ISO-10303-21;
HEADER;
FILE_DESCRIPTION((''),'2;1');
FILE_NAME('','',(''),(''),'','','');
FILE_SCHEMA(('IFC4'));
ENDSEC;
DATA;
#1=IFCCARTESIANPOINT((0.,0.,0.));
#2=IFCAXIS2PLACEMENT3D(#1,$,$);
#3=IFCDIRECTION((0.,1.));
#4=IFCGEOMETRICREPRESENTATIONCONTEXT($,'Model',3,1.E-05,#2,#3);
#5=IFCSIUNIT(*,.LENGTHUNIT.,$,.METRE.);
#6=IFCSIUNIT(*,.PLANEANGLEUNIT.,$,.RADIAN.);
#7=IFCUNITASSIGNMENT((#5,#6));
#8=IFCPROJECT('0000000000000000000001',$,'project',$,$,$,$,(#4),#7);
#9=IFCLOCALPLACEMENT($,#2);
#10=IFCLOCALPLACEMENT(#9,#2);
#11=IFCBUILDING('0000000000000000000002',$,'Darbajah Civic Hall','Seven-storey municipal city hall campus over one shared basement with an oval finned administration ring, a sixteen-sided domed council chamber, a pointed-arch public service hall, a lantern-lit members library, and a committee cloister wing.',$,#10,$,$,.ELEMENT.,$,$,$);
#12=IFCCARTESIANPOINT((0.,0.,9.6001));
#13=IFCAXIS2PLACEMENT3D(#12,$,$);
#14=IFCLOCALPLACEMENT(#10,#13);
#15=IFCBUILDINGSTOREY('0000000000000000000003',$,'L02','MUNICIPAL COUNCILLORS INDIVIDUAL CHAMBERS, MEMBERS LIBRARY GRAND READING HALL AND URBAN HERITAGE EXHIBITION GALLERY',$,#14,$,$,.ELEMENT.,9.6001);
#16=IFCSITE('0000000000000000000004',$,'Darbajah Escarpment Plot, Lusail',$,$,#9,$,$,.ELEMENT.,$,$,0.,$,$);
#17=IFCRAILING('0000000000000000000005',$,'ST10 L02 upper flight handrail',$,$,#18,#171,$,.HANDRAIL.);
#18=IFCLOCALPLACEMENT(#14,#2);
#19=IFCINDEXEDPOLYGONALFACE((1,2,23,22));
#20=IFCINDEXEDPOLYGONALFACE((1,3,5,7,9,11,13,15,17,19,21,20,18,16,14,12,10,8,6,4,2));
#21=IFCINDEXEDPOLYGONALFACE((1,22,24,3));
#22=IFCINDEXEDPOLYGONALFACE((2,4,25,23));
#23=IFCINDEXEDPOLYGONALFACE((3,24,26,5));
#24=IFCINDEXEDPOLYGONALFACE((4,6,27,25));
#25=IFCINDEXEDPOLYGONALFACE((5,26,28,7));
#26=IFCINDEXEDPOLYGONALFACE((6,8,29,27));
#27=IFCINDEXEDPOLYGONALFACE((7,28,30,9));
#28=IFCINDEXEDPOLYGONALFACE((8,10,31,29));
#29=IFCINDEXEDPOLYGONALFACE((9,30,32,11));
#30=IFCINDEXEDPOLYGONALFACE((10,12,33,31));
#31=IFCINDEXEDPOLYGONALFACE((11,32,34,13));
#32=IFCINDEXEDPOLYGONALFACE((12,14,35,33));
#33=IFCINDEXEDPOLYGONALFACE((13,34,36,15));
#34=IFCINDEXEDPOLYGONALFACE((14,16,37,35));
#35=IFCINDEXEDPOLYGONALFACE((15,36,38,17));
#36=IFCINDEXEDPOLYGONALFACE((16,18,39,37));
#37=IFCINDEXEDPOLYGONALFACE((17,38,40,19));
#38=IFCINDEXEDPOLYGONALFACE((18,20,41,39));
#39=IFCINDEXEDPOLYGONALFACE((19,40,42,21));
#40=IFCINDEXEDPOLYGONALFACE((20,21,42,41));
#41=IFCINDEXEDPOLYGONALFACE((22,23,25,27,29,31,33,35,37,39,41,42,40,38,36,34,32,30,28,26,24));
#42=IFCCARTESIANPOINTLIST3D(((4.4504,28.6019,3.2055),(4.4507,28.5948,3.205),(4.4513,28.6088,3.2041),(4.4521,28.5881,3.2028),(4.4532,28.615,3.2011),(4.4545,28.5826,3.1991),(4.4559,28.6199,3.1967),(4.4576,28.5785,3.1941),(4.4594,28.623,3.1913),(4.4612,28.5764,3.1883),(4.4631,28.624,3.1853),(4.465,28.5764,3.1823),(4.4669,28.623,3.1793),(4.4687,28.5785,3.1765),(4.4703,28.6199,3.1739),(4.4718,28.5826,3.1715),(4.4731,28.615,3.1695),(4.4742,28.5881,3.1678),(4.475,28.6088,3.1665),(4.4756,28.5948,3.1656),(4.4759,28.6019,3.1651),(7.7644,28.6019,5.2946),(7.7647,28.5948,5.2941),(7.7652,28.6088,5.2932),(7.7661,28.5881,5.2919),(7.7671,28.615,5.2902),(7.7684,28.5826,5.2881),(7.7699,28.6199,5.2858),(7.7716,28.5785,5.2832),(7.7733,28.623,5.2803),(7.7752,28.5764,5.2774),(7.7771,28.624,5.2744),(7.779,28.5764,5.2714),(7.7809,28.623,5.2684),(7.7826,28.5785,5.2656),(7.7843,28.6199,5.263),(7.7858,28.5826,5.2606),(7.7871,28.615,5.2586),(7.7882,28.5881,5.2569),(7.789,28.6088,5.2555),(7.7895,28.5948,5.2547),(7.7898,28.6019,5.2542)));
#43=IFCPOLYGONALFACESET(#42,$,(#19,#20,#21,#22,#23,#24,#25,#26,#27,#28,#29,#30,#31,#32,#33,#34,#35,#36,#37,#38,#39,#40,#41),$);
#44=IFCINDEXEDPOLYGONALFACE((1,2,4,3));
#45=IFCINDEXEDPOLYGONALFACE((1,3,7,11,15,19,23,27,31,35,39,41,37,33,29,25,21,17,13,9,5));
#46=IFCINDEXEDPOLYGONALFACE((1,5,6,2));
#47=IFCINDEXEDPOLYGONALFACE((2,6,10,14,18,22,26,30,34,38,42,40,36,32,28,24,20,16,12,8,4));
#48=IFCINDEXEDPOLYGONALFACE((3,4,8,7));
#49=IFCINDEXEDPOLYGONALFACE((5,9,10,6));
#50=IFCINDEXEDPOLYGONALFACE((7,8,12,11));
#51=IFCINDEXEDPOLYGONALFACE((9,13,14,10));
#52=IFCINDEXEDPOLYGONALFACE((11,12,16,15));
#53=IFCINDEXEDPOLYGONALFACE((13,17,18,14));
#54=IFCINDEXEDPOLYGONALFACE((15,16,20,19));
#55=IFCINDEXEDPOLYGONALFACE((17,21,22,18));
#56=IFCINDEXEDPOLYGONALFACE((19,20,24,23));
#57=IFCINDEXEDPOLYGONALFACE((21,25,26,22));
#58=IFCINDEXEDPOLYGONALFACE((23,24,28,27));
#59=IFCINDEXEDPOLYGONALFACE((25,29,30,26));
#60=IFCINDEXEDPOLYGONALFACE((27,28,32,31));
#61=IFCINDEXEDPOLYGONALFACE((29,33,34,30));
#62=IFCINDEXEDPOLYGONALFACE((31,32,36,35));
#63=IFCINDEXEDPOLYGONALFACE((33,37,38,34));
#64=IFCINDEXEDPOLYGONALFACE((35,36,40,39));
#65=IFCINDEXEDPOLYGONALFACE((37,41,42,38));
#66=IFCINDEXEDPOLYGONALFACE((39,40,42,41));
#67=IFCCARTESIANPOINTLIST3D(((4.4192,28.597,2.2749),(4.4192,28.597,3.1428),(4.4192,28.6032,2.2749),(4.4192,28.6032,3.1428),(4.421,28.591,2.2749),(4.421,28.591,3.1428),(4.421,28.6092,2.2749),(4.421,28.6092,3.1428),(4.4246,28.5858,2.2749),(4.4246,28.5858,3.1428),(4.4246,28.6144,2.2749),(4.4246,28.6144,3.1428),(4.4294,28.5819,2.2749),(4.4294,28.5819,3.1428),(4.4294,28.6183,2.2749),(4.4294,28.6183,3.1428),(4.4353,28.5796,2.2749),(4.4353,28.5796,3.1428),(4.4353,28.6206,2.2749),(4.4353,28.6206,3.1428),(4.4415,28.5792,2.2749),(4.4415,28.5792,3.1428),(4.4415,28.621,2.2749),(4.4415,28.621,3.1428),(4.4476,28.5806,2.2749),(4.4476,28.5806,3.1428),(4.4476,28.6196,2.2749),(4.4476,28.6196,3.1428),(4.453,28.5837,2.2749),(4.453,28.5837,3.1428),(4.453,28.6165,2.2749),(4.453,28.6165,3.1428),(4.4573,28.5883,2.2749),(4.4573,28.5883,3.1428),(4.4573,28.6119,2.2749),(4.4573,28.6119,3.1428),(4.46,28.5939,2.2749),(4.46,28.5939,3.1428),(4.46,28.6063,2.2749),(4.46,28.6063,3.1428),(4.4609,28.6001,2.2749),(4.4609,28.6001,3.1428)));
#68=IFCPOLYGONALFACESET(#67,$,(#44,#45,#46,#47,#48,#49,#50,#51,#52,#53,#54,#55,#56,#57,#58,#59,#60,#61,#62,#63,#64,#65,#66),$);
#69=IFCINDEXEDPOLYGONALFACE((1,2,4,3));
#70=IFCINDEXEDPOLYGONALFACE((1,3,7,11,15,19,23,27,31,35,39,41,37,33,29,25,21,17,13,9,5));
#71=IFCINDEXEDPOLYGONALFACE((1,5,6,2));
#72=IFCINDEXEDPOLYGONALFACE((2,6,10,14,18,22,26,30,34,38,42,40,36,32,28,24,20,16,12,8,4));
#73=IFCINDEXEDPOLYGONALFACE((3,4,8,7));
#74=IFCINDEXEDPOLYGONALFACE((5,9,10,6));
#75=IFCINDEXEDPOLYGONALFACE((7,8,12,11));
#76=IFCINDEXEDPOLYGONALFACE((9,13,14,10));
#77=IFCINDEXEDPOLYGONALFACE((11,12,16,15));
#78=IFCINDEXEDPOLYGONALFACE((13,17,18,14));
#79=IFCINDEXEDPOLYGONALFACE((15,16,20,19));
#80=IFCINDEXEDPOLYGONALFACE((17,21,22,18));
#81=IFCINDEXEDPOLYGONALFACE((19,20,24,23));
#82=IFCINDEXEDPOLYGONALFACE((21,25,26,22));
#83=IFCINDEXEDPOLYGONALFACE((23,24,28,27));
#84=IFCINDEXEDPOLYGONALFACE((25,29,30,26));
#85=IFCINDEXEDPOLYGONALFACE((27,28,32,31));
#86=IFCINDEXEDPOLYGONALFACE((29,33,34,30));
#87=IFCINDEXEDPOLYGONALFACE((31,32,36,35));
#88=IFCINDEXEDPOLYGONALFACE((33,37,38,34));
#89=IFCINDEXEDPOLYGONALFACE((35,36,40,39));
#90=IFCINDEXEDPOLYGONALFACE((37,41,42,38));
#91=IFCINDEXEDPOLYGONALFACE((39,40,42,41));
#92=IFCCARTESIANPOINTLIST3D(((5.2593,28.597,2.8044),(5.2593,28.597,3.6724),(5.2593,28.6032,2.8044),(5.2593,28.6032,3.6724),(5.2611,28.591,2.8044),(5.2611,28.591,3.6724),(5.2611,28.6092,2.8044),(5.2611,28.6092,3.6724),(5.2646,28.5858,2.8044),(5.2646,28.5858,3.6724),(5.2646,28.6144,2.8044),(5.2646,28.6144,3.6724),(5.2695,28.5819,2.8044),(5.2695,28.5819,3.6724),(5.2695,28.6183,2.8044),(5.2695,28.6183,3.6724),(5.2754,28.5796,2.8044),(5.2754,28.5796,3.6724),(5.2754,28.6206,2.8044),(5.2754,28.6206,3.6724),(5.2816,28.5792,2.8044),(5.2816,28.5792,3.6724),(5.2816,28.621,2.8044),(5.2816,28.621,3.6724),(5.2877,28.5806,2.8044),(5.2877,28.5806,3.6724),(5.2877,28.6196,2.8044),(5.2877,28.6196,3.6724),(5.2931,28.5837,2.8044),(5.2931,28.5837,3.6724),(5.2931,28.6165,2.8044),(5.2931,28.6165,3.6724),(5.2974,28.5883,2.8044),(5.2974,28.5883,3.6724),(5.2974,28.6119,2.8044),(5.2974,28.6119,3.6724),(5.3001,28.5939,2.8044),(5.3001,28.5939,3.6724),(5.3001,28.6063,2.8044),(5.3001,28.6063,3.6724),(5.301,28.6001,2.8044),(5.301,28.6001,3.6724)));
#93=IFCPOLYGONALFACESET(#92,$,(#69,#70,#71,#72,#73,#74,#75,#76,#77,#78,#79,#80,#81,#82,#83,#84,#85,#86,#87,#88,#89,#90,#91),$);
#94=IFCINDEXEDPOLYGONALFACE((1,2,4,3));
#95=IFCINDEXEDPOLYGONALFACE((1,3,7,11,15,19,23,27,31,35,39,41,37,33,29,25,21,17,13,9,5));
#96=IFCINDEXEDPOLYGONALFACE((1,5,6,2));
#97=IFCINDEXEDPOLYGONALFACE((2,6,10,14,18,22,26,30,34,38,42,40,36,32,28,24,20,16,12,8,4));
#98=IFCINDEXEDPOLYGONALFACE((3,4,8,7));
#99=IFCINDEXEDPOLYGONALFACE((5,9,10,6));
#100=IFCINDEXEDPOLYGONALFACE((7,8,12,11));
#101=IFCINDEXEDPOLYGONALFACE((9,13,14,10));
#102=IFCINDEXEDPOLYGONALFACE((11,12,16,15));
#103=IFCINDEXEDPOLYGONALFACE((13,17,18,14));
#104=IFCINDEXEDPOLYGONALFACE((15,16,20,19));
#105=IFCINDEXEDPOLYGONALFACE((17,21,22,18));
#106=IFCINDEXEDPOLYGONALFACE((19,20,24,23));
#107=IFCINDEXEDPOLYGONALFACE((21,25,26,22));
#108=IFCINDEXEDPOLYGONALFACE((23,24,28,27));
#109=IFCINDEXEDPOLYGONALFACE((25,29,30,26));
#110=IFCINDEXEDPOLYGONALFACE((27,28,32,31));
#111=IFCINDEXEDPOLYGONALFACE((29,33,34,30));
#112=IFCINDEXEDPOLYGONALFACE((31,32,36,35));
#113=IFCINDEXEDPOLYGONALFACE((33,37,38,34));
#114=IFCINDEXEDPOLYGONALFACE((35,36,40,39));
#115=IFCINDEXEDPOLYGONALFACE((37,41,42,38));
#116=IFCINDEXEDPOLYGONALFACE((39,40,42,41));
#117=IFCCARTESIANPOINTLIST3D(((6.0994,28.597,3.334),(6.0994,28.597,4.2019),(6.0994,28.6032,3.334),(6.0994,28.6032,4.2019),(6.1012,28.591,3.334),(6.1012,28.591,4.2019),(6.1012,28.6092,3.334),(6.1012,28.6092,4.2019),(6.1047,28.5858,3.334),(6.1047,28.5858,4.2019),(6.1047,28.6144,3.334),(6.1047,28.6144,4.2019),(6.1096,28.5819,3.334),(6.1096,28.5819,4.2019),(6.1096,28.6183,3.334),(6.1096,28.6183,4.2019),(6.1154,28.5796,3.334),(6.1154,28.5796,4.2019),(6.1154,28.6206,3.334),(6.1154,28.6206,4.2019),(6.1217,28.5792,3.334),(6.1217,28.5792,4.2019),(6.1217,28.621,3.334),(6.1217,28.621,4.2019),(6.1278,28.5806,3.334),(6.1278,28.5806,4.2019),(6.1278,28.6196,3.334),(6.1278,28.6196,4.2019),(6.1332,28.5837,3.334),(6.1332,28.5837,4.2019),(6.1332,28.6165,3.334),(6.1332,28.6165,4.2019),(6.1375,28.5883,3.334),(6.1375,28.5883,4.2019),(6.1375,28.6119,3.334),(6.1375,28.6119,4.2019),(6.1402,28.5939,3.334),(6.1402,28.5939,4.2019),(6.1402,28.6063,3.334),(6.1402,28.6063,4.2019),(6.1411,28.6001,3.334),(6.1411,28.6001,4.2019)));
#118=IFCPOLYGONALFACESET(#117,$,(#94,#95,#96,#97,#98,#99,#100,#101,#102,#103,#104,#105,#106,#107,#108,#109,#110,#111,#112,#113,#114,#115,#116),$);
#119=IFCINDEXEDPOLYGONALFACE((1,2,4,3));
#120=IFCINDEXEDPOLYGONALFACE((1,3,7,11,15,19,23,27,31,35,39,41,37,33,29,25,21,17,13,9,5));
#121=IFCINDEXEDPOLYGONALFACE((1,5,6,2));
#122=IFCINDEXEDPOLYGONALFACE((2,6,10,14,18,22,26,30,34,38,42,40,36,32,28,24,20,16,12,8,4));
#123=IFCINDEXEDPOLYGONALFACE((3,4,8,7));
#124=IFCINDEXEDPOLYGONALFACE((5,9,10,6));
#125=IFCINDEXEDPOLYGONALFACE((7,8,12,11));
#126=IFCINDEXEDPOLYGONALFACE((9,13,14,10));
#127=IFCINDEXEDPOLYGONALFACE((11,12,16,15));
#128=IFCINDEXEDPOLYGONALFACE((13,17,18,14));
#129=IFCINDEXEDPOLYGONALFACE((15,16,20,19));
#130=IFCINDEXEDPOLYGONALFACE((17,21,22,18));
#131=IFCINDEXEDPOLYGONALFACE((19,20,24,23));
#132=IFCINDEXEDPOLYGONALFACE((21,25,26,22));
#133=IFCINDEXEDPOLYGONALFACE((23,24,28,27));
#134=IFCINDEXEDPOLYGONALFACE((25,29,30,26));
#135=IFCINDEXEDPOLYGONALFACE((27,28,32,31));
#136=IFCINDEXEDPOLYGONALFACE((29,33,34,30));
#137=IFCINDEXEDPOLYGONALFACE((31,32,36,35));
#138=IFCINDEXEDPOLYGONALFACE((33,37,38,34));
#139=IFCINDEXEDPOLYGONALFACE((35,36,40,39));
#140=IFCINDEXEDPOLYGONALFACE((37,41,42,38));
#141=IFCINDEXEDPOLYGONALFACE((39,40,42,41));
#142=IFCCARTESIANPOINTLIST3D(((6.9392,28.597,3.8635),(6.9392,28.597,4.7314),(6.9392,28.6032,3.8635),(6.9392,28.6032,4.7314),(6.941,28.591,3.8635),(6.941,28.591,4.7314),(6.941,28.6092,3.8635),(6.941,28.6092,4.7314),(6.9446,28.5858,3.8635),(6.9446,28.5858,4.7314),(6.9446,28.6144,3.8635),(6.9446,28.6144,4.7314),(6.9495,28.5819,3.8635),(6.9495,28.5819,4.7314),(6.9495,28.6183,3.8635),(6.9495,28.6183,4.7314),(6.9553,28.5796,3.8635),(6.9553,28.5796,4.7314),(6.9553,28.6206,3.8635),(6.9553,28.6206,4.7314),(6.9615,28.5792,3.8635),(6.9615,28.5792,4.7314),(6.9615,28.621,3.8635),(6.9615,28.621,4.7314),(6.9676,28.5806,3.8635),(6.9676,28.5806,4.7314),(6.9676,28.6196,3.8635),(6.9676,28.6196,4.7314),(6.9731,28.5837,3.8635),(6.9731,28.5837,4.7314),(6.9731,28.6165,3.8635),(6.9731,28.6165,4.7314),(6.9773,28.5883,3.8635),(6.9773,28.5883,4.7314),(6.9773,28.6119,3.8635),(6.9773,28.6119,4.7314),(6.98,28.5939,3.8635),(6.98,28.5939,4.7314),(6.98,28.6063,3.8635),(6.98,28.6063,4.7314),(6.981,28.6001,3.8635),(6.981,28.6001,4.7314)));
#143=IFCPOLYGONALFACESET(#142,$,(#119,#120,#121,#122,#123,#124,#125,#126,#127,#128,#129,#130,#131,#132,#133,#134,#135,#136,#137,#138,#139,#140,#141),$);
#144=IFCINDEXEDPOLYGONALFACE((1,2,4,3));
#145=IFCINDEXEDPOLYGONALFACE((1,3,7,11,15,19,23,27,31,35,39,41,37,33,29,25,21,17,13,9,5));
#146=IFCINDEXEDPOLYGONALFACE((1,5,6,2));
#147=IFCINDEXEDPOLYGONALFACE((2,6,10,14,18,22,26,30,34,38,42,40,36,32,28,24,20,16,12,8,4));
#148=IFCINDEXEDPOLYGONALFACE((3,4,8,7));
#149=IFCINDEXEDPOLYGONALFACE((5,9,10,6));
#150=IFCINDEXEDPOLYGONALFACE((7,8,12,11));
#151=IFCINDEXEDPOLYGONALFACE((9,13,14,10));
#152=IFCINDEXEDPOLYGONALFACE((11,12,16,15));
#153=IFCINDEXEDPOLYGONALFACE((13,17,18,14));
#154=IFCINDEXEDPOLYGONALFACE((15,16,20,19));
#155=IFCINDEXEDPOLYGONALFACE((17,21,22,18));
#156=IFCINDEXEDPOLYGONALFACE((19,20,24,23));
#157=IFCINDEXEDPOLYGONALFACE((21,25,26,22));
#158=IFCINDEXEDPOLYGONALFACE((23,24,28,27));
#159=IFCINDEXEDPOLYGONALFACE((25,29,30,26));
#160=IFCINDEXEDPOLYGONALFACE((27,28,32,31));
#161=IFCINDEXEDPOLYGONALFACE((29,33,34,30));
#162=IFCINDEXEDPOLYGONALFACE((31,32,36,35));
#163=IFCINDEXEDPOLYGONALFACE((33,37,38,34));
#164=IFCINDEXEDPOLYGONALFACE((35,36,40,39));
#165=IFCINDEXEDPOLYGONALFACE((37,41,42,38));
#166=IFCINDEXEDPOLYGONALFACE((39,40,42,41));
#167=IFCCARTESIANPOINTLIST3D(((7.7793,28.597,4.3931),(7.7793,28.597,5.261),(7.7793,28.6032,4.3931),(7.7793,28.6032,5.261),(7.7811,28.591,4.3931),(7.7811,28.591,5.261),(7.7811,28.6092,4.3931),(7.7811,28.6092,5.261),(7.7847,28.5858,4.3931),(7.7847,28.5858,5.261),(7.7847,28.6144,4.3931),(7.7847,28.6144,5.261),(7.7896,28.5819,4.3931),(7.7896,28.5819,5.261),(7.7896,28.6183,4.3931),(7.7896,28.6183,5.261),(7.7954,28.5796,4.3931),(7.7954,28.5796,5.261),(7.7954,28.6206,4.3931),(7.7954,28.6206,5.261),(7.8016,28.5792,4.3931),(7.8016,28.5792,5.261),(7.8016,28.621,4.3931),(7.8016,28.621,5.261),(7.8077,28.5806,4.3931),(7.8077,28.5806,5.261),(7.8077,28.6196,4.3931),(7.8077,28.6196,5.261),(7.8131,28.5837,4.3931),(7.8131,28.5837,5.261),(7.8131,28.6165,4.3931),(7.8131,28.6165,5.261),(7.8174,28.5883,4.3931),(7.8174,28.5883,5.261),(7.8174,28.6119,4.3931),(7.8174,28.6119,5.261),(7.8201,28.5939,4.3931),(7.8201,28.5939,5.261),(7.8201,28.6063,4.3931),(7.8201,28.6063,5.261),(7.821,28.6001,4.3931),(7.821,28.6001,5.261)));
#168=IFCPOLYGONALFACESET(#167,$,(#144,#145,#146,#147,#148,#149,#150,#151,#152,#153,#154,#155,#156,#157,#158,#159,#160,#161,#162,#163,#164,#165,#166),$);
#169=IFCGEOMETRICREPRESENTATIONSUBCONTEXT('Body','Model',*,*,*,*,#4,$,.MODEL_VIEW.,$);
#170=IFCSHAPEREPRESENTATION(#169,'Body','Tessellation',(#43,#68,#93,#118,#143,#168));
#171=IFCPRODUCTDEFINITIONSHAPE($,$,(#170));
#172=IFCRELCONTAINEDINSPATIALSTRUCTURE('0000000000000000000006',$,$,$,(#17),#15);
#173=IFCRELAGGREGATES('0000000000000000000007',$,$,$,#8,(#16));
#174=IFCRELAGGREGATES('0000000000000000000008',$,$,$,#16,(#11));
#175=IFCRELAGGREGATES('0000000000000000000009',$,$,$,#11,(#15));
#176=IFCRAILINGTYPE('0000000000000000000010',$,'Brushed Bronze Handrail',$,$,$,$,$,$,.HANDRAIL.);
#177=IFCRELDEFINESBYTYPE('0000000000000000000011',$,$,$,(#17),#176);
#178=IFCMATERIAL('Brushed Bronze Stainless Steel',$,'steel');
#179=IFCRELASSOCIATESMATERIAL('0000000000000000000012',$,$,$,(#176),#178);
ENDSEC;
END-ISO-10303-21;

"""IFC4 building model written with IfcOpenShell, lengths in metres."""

from ifc_helpers import new_model, si_unit, direction, frame, origin, origin_2d, place, context, subcontext, project, spatial, circle, extrude, material, type_object, element, save


model = new_model("IFC4")

# Units and contexts
model_context = context("Model", 3, precision=1e-05, world=origin(), true_north=direction((0.0, 1.0)))
body_context = subcontext(model_context, "Body", "Model", "MODEL_VIEW")
ifc_project = project(units=[si_unit("LENGTHUNIT", "METRE"), si_unit("PLANEANGLEUNIT", "RADIAN")], contexts=[model_context])

# Site, building, storey
site_placement = place(None, origin())
site = spatial("IfcSite", under=ifc_project, at=site_placement, Name="Darbajah Escarpment Plot, Lusail", CompositionType="ELEMENT", RefElevation=0.0)
building_placement = place(site_placement, origin())
building = spatial("IfcBuilding", under=site, at=building_placement, Name="Darbajah Civic Hall", Description="Seven-storey municipal city hall campus over one shared basement with an oval finned administration ring, a sixteen-sided domed council chamber, a pointed-arch public service hall, a lantern-lit members library, and a committee cloister wing.", CompositionType="ELEMENT")
storey_placement = place(building_placement, frame((0.0, 0.0, 9.6001)))
storey = spatial("IfcBuildingStorey", under=building, at=storey_placement, Name="L02", Description="MUNICIPAL COUNCILLORS INDIVIDUAL CHAMBERS, MEMBERS LIBRARY GRAND READING HALL AND URBAN HERITAGE EXHIBITION GALLERY", CompositionType="ELEMENT", Elevation=9.6001)

# Railing
ifc_material_1 = material(Name="Brushed Bronze Stainless Steel", Category="steel")
railing_type_1 = type_object("IfcRailingType", Name="Brushed Bronze Handrail", PredefinedType="HANDRAIL", material=ifc_material_1)
railing_1_placement = place(storey_placement, frame((4.4399, 28.6001, 2.2749)))
element("IfcRailing", 1, at=railing_1_placement, inside=storey, type_object=railing_type_1, Name="ST10 L02 upper flight handrail", PredefinedType="HANDRAIL", context=body_context, shape_type="SweptSolid", body=[
    extrude(circle(Radius=0.0239, at=origin_2d()), frame((0.0232, 0.0, 0.9104), z_axis=(0.845944, 0.0, 0.533271), x_axis=(0.0, 1.0, 0.0)), (0.0, 0.0, 1.0), 3.9175),
    extrude(circle(Radius=0.021, at=origin_2d()), origin(), (0.0, 0.0, 1.0), 0.8679),
    extrude(circle(Radius=0.021, at=origin_2d()), frame((0.8401, 0.0, 0.5295)), (0.0, 0.0, 1.0), 0.8679),
    extrude(circle(Radius=0.021, at=origin_2d()), frame((1.6802, 0.0, 1.0591)), (0.0, 0.0, 1.0), 0.8679),
    extrude(circle(Radius=0.021, at=origin_2d()), frame((2.52, 0.0, 1.5886)), (0.0, 0.0, 1.0), 0.8679),
    extrude(circle(Radius=0.021, at=origin_2d()), frame((3.3601, 0.0, 2.1182)), (0.0, 0.0, 1.0), 0.8679),
])

save(model, "model.ifc")
